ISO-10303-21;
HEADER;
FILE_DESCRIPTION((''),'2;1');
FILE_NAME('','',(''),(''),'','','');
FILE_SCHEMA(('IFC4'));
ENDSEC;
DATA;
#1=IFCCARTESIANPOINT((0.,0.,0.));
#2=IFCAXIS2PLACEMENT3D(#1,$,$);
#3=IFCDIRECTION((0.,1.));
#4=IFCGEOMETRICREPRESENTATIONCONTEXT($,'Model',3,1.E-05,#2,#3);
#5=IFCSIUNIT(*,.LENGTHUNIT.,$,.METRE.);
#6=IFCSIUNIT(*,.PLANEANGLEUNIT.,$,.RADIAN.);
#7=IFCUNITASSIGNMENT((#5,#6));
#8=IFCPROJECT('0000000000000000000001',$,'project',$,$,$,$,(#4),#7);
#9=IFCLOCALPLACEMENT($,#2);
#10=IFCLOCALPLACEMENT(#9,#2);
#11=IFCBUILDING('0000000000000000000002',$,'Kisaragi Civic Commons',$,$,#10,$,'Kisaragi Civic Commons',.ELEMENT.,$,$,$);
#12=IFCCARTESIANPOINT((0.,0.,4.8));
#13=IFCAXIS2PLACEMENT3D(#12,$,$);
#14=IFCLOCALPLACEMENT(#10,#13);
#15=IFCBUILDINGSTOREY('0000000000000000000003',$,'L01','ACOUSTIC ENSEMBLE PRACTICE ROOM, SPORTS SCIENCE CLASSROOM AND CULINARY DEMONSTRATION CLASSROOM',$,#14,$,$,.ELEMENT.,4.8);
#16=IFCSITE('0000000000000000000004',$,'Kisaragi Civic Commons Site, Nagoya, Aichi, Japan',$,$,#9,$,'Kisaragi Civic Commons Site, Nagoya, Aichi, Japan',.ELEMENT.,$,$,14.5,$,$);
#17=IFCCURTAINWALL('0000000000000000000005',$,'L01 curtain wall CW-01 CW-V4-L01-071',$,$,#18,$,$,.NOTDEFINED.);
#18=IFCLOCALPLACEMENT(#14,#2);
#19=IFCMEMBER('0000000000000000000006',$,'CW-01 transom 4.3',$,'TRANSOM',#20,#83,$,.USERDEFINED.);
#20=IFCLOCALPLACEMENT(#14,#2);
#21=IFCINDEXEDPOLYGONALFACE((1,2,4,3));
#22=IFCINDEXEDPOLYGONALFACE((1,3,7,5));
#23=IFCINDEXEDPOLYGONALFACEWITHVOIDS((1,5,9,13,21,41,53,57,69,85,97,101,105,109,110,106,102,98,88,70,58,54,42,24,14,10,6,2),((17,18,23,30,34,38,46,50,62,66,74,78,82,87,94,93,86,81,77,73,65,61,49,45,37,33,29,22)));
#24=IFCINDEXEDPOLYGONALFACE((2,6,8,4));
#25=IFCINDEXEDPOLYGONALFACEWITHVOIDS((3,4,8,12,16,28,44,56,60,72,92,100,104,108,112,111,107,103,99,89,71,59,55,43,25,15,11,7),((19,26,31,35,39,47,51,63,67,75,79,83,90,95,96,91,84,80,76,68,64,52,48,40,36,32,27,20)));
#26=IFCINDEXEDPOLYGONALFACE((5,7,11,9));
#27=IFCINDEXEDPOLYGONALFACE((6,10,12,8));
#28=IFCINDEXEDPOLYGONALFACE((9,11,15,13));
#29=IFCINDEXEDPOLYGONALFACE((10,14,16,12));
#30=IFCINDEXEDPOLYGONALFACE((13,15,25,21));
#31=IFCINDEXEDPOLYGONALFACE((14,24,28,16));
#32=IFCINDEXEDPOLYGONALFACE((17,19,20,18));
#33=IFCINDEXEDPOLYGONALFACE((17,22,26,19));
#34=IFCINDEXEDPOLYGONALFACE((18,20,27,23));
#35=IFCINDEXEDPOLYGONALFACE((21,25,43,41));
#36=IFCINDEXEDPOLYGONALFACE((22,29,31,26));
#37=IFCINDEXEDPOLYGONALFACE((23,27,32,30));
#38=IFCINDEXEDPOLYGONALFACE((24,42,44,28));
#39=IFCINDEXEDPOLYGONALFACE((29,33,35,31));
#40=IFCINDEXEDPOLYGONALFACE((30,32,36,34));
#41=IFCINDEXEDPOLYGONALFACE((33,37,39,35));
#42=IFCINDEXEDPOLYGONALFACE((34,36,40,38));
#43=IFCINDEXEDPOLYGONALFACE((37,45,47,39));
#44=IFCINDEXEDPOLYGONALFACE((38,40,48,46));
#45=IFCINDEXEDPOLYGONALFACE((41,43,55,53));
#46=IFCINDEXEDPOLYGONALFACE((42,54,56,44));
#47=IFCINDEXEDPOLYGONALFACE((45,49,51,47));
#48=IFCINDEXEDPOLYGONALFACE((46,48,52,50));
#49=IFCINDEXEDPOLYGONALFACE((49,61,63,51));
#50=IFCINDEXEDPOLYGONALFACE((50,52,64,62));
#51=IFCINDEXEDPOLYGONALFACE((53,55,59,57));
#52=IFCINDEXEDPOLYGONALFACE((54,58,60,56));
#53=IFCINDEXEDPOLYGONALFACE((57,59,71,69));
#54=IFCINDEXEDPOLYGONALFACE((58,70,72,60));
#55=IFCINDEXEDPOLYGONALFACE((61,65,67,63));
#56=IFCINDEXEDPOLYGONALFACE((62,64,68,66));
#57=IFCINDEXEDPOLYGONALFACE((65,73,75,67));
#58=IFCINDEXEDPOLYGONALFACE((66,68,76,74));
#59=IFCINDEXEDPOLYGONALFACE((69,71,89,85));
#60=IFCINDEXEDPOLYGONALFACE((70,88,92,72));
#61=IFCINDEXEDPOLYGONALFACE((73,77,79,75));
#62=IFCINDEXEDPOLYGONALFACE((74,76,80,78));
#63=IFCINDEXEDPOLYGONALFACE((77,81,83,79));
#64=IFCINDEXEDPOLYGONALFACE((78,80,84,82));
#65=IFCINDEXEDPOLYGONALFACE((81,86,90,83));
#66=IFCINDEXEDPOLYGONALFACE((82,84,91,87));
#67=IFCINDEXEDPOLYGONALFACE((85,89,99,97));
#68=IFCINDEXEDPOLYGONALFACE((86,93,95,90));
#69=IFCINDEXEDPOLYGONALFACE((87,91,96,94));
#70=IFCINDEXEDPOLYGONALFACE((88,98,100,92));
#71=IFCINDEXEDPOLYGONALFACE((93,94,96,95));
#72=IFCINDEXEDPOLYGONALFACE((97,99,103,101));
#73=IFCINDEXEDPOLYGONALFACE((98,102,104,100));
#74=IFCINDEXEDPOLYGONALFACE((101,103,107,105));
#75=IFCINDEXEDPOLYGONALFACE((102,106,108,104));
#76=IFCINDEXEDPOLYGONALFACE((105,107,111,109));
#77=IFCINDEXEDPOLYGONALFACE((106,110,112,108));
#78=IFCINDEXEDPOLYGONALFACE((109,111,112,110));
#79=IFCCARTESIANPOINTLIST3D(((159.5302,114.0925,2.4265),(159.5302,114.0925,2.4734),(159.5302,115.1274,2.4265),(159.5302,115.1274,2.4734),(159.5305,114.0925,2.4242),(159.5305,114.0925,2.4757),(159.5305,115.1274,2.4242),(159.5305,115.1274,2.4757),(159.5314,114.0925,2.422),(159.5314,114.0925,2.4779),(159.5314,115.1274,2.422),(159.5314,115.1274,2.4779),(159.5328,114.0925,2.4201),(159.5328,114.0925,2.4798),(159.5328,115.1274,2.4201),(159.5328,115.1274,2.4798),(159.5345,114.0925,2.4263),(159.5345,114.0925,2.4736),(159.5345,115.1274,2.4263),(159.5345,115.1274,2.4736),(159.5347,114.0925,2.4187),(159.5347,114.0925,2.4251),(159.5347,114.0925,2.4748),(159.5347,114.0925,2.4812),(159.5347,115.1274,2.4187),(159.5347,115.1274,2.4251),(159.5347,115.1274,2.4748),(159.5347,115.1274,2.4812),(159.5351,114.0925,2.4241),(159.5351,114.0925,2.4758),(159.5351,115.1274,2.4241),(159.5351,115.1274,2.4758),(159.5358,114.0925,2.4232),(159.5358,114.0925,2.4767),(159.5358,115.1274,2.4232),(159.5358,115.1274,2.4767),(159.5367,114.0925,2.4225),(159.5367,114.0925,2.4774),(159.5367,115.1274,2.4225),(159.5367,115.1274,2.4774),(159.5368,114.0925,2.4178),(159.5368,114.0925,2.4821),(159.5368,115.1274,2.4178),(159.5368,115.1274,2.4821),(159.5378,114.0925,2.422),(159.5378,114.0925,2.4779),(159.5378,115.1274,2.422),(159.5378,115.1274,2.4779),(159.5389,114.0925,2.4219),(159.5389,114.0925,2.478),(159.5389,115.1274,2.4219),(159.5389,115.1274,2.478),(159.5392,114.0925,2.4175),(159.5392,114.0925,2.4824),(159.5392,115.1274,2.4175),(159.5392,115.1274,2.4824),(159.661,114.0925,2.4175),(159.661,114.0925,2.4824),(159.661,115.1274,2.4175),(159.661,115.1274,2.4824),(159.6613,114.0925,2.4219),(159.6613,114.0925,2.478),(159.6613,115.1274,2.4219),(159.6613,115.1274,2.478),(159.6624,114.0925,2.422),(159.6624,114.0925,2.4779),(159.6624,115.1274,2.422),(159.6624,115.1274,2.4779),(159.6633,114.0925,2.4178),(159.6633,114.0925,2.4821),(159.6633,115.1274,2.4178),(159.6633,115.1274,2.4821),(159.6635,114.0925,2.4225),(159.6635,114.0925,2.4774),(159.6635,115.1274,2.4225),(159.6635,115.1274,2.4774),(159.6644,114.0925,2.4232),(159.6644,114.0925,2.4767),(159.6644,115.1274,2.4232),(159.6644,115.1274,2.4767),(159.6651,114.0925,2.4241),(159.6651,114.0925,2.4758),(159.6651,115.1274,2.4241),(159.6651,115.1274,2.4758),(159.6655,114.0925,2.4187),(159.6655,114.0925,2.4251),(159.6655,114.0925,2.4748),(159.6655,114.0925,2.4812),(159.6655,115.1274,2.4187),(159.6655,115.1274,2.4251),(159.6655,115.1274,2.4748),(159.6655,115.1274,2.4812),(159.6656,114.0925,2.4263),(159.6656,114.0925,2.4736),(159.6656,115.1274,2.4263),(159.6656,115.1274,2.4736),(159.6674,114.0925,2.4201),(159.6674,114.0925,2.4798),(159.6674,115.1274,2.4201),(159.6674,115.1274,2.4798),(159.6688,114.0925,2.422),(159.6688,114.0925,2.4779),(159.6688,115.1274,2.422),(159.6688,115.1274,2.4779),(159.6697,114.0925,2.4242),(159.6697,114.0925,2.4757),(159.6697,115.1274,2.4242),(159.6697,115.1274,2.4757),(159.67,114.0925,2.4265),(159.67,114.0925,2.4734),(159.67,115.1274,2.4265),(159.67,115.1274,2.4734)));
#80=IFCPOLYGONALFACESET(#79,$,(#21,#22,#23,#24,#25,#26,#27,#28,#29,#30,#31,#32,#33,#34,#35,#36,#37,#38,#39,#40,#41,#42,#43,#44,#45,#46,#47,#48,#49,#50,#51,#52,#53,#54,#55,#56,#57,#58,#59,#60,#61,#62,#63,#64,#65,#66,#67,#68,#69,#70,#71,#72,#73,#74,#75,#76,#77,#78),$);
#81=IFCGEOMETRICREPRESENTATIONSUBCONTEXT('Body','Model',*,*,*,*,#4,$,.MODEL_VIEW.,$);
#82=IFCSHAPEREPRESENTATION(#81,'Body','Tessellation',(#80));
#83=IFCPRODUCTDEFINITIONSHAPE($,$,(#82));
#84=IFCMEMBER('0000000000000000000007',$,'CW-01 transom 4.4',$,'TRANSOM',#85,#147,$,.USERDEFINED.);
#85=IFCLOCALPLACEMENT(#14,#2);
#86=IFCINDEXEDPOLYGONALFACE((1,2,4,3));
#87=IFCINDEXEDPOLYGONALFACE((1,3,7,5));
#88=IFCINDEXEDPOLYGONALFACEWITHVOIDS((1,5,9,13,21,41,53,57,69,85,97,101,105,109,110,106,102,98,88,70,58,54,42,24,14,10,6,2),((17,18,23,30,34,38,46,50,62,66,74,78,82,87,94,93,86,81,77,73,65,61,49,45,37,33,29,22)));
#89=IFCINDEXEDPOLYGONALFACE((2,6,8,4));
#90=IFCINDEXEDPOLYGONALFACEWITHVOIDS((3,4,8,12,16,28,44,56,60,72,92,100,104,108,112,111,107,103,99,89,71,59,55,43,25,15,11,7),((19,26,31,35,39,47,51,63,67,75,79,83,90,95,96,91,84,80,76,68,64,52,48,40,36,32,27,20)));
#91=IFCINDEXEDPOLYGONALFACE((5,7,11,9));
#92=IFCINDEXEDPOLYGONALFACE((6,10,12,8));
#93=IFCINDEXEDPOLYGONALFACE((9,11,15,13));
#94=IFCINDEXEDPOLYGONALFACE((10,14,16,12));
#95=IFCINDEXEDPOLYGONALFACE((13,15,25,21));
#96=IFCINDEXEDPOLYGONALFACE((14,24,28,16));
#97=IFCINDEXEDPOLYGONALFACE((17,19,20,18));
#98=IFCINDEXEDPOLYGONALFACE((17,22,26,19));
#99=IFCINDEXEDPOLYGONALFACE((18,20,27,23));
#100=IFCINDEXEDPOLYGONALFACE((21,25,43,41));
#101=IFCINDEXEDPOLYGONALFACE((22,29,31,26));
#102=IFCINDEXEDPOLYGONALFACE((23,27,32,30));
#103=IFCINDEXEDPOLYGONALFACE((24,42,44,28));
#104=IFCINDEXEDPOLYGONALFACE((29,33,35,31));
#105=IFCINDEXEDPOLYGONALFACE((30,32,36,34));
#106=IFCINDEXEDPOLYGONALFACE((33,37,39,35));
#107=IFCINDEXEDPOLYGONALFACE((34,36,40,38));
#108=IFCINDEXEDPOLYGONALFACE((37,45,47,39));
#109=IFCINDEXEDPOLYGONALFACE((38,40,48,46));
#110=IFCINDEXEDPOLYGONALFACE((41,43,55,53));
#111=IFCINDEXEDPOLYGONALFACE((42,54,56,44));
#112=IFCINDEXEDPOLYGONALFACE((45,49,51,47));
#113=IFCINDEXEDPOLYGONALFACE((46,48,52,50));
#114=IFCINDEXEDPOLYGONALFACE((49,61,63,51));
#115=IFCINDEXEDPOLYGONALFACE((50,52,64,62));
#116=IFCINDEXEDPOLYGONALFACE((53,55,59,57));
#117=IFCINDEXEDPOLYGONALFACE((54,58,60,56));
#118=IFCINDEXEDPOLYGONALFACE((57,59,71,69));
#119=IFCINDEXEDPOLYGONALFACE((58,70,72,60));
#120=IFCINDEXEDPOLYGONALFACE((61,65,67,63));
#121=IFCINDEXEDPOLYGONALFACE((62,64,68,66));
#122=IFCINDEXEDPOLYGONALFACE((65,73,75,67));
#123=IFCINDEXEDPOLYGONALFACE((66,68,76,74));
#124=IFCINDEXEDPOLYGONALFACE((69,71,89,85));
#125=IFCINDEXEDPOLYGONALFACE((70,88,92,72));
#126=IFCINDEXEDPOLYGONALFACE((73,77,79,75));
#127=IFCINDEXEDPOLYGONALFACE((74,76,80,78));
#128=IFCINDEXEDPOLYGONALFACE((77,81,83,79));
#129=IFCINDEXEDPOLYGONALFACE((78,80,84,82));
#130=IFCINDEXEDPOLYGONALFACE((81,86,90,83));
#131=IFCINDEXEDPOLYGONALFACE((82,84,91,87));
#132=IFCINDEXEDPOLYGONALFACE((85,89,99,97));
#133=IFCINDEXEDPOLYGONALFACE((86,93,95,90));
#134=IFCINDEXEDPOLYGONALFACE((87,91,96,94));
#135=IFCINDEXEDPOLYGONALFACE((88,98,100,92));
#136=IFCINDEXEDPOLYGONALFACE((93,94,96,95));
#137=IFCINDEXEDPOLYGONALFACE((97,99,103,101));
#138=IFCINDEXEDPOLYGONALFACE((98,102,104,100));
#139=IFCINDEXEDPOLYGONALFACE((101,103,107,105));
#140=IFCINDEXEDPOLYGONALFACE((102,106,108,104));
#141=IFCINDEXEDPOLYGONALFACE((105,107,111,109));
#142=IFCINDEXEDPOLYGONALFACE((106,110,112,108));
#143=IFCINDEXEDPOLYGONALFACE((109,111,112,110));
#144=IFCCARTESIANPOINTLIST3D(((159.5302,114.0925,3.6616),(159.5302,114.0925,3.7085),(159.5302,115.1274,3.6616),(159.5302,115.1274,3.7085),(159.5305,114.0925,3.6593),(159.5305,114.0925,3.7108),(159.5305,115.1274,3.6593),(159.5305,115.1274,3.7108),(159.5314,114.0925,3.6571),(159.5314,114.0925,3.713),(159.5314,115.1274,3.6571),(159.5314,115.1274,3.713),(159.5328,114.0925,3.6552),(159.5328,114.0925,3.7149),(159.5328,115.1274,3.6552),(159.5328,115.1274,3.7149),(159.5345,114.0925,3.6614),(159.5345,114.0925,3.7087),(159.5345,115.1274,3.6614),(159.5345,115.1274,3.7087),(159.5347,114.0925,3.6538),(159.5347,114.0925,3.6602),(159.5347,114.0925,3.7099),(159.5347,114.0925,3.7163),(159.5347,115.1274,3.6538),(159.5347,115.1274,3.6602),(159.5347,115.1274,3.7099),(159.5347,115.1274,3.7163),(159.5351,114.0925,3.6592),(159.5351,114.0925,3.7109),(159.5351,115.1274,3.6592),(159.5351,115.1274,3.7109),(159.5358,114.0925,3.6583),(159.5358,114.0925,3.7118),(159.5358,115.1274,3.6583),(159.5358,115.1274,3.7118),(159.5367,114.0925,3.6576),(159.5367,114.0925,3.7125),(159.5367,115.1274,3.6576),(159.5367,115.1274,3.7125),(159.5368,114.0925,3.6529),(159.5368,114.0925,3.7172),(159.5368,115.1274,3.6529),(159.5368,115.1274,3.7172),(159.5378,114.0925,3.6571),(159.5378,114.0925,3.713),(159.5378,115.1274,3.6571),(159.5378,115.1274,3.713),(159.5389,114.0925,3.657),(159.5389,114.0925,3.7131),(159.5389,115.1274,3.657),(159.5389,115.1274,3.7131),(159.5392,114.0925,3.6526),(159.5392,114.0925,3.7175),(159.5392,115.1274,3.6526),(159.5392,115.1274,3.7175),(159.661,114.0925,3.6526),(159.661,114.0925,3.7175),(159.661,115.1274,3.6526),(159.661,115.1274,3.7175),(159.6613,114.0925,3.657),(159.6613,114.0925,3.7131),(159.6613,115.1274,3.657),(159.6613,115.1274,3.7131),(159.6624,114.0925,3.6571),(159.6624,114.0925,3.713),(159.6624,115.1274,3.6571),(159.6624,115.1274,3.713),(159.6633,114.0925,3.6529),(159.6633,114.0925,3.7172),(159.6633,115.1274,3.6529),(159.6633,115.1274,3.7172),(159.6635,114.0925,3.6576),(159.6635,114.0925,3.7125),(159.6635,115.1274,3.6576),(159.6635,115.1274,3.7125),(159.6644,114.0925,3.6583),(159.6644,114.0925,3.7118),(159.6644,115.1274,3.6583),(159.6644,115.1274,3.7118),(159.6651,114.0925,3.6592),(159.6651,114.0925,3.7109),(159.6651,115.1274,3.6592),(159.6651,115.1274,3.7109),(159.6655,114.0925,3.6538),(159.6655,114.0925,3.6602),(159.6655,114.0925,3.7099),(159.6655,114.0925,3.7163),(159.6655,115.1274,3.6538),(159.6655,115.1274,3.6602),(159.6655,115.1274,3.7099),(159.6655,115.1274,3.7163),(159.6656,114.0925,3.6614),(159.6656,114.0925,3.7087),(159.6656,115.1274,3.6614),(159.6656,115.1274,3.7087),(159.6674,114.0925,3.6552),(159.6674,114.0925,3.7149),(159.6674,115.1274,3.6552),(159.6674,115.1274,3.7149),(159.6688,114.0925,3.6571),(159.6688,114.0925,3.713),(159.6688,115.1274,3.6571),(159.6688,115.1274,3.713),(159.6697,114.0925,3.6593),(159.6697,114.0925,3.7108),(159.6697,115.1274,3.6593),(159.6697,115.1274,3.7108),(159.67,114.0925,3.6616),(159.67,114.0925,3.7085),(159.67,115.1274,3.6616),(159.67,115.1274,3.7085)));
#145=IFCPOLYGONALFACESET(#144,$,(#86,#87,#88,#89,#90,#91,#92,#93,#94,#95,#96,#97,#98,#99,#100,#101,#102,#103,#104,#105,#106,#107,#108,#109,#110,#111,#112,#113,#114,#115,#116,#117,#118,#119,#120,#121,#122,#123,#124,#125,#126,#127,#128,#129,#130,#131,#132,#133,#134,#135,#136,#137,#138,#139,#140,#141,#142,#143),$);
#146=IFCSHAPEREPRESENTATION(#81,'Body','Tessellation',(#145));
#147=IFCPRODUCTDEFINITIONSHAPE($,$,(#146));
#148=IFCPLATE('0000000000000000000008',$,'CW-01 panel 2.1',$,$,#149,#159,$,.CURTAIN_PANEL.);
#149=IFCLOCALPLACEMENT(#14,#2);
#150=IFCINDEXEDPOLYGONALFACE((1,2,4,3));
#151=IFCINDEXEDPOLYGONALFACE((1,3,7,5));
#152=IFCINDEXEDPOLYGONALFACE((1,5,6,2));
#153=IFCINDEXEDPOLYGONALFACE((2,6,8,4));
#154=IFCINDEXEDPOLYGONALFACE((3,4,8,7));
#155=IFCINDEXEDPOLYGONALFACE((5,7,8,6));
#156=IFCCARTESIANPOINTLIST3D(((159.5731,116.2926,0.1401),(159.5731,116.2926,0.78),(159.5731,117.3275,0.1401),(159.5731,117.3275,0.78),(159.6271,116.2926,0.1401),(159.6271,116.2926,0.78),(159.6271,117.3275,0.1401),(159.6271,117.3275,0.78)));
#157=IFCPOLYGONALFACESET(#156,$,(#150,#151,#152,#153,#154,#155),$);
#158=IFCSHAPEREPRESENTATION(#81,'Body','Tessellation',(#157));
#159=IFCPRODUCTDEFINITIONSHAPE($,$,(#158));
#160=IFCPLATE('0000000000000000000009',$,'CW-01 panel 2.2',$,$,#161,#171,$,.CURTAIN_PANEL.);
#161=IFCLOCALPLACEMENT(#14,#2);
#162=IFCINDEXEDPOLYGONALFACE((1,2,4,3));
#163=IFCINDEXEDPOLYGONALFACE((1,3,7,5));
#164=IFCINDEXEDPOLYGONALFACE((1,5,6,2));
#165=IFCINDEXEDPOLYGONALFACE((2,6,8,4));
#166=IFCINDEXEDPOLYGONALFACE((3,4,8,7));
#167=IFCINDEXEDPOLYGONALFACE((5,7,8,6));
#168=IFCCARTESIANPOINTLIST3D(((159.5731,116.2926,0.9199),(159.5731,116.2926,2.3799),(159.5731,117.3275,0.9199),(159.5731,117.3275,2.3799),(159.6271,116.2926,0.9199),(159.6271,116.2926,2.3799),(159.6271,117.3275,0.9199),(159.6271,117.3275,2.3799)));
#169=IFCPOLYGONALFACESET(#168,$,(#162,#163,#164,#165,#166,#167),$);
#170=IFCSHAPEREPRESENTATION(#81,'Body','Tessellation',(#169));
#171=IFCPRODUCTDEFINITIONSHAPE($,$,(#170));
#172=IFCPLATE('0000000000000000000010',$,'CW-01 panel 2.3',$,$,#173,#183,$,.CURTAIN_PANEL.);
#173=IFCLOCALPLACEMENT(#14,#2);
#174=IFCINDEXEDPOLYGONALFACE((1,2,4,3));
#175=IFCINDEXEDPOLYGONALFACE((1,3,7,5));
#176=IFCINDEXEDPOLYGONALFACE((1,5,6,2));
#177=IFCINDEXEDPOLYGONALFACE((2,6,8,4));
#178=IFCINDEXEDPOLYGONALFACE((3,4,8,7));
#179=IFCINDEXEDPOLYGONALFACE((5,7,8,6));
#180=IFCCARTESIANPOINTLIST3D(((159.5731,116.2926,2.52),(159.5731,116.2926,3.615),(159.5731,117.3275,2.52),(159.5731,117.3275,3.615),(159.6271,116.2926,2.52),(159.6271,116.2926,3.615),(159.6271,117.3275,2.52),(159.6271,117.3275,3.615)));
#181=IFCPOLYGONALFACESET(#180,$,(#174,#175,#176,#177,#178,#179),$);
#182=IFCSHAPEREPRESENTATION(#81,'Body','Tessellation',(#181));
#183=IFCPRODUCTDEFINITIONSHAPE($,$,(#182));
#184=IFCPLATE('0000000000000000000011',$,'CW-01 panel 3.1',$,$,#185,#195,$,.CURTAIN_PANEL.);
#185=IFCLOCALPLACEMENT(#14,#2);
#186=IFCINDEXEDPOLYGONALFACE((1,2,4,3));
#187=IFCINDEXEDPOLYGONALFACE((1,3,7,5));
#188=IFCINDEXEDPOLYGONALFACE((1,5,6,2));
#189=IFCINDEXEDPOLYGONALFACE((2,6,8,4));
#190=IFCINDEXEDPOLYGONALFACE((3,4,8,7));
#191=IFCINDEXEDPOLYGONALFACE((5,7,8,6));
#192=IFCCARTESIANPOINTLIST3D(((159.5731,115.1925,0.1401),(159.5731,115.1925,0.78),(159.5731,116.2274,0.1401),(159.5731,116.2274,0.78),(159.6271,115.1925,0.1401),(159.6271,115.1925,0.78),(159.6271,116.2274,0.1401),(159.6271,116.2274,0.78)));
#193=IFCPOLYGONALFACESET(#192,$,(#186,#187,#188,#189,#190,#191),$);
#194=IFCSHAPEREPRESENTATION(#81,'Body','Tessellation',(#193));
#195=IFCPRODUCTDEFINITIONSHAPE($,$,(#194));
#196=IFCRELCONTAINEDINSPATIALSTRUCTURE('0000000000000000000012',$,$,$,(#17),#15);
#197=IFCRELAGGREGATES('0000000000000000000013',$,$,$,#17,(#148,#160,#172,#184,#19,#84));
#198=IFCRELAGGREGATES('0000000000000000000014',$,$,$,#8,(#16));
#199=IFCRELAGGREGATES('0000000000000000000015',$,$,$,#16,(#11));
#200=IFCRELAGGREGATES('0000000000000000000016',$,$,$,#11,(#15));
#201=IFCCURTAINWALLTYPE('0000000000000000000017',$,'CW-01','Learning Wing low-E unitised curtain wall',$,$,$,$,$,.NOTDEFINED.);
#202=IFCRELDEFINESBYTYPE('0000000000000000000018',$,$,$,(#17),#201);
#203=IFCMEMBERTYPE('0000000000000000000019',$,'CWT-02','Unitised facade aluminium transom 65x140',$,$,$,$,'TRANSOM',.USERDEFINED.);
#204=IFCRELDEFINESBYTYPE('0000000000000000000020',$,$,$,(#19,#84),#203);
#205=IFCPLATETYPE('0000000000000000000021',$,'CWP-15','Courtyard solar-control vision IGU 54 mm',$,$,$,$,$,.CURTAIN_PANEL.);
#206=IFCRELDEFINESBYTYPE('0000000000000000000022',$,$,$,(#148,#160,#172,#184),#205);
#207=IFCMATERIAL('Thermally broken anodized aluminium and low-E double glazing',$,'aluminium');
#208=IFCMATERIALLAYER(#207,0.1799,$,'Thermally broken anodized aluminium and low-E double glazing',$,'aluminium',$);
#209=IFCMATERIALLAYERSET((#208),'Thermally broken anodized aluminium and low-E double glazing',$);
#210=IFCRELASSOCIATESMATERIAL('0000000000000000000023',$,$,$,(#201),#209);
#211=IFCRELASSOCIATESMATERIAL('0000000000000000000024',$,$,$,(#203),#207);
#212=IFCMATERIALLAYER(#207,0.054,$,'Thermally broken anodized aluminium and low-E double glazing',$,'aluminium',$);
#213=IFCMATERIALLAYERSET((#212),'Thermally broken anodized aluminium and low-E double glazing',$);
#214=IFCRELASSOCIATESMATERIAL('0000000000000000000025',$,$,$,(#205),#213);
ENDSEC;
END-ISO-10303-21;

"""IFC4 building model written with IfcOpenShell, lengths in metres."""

from ifc_helpers import new_model, si_unit, direction, frame, origin, origin_2d, place, context, subcontext, project, spatial, rectangle, hollow_rectangle, extrude, material, layer, layer_set, material_profile, profile_set, type_object, element, aggregate, save


model = new_model("IFC4")

# Units and contexts
model_context = context("Model", 3, precision=1e-05, world=origin(), true_north=direction((0.0, 1.0)))
body_context = subcontext(model_context, "Body", "Model", "MODEL_VIEW")
ifc_project = project(units=[si_unit("LENGTHUNIT", "METRE"), si_unit("PLANEANGLEUNIT", "RADIAN")], contexts=[model_context])

# Site, building, storey
site_placement = place(None, origin())
site = spatial("IfcSite", under=ifc_project, at=site_placement, Name="Kisaragi Civic Commons Site, Nagoya, Aichi, Japan", LongName="Kisaragi Civic Commons Site, Nagoya, Aichi, Japan", CompositionType="ELEMENT", RefElevation=14.5)
building_placement = place(site_placement, origin())
building = spatial("IfcBuilding", under=site, at=building_placement, Name="Kisaragi Civic Commons", LongName="Kisaragi Civic Commons", CompositionType="ELEMENT")
storey_placement = place(building_placement, frame((0.0, 0.0, 4.8)))
storey = spatial("IfcBuildingStorey", under=building, at=storey_placement, Name="L01", Description="ACOUSTIC ENSEMBLE PRACTICE ROOM, SPORTS SCIENCE CLASSROOM AND CULINARY DEMONSTRATION CLASSROOM", CompositionType="ELEMENT", Elevation=4.8)

# Curtain wall, members, plates
ifc_material_1 = material(Name="Thermally broken anodized aluminium and low-E double glazing", Category="aluminium")
ifc_layer_1 = layer(ifc_material_1, 0.1799, Name="Thermally broken anodized aluminium and low-E double glazing", Category="aluminium")
ifc_layer_set_1 = layer_set([ifc_layer_1], Name="Thermally broken anodized aluminium and low-E double glazing")
curtain_wall_type = type_object("IfcCurtainWallType", Name="CW-01", Description="Learning Wing low-E unitised curtain wall", PredefinedType="NOTDEFINED", material=ifc_layer_set_1)
curtain_wall_placement = place(storey_placement, origin())
curtain_wall = element("IfcCurtainWall", 1, at=curtain_wall_placement, inside=storey, type_object=curtain_wall_type, Name="L01 curtain wall CW-01 CW-V4-L01-071", PredefinedType="NOTDEFINED")
ifc_material_profile_1 = material_profile(ifc_material_1, hollow_rectangle(XDim=0.1399, YDim=0.0649, WallThickness=0.0044, InnerFilletRadius=0.0044, OuterFilletRadius=0.009, at=origin_2d()), Name="CWT-65x140x4.5", Category="aluminium")
ifc_profile_set_1 = profile_set([ifc_material_profile_1], Name="Thermally broken anodized aluminium and low-E double glazing")
member_type_1 = type_object("IfcMemberType", Name="CWT-02", Description="Unitised facade aluminium transom 65x140", ElementType="TRANSOM", PredefinedType="USERDEFINED", material=ifc_profile_set_1)
member_1_placement = place(storey_placement, frame((159.6001, 115.1274, 2.45), z_axis=(0.0, -1.0, 0.0), x_axis=(1.0, 0.0, 0.0)))
member_1 = element("IfcMember", 2, at=member_1_placement, type_object=member_type_1, Name="CW-01 transom 4.3", ObjectType="TRANSOM", PredefinedType="USERDEFINED", context=body_context, shape_type="SweptSolid", body=[
    extrude(hollow_rectangle(XDim=0.1399, YDim=0.0649, WallThickness=0.0044, InnerFilletRadius=0.0044, OuterFilletRadius=0.009, at=origin_2d()), origin(), (0.0, 0.0, 1.0), 1.0349),
])
member_2_placement = place(storey_placement, frame((159.6001, 115.1274, 3.6851), z_axis=(0.0, -1.0, 0.0), x_axis=(1.0, 0.0, 0.0)))
member_2 = element("IfcMember", 3, at=member_2_placement, type_object=member_type_1, Name="CW-01 transom 4.4", ObjectType="TRANSOM", PredefinedType="USERDEFINED", context=body_context, shape_type="SweptSolid", body=[
    extrude(hollow_rectangle(XDim=0.1399, YDim=0.0649, WallThickness=0.0044, InnerFilletRadius=0.0044, OuterFilletRadius=0.009, at=origin_2d()), origin(), (0.0, 0.0, 1.0), 1.0349),
])
ifc_layer_2 = layer(ifc_material_1, 0.054, Name="Thermally broken anodized aluminium and low-E double glazing", Category="aluminium")
ifc_layer_set_2 = layer_set([ifc_layer_2], Name="Thermally broken anodized aluminium and low-E double glazing")
plate_type = type_object("IfcPlateType", Name="CWP-15", Description="Courtyard solar-control vision IGU 54 mm", PredefinedType="CURTAIN_PANEL", material=ifc_layer_set_2)
plate_1_placement = place(storey_placement, frame((159.6001, 116.8101, 0.1401), z_axis=(0.0, 0.0, 1.0), x_axis=(0.0, -1.0, 0.0)))
plate_1 = element("IfcPlate", 4, at=plate_1_placement, type_object=plate_type, Name="CW-01 panel 2.1", PredefinedType="CURTAIN_PANEL", context=body_context, shape_type="SweptSolid", body=[
    extrude(rectangle(XDim=1.0349, YDim=0.054, at=origin_2d()), origin(), (0.0, 0.0, 1.0), 0.6399),
])
plate_2_placement = place(storey_placement, frame((159.6001, 116.8101, 0.9199), z_axis=(0.0, 0.0, 1.0), x_axis=(0.0, -1.0, 0.0)))
plate_2 = element("IfcPlate", 5, at=plate_2_placement, type_object=plate_type, Name="CW-01 panel 2.2", PredefinedType="CURTAIN_PANEL", context=body_context, shape_type="SweptSolid", body=[
    extrude(rectangle(XDim=1.0349, YDim=0.054, at=origin_2d()), origin(), (0.0, 0.0, 1.0), 1.46),
])
plate_3_placement = place(storey_placement, frame((159.6001, 116.8101, 2.52), z_axis=(0.0, 0.0, 1.0), x_axis=(0.0, -1.0, 0.0)))
plate_3 = element("IfcPlate", 6, at=plate_3_placement, type_object=plate_type, Name="CW-01 panel 2.3", PredefinedType="CURTAIN_PANEL", context=body_context, shape_type="SweptSolid", body=[
    extrude(rectangle(XDim=1.0349, YDim=0.054, at=origin_2d()), origin(), (0.0, 0.0, 1.0), 1.095),
])
plate_4_placement = place(storey_placement, frame((159.6001, 115.71, 0.1401), z_axis=(0.0, 0.0, 1.0), x_axis=(0.0, -1.0, 0.0)))
plate_4 = element("IfcPlate", 7, at=plate_4_placement, type_object=plate_type, Name="CW-01 panel 3.1", PredefinedType="CURTAIN_PANEL", context=body_context, shape_type="SweptSolid", body=[
    extrude(rectangle(XDim=1.0349, YDim=0.054, at=origin_2d()), origin(), (0.0, 0.0, 1.0), 0.6399),
])
aggregate(curtain_wall, [plate_1, plate_2, plate_3, plate_4, member_1, member_2])

save(model, "model.ifc")
